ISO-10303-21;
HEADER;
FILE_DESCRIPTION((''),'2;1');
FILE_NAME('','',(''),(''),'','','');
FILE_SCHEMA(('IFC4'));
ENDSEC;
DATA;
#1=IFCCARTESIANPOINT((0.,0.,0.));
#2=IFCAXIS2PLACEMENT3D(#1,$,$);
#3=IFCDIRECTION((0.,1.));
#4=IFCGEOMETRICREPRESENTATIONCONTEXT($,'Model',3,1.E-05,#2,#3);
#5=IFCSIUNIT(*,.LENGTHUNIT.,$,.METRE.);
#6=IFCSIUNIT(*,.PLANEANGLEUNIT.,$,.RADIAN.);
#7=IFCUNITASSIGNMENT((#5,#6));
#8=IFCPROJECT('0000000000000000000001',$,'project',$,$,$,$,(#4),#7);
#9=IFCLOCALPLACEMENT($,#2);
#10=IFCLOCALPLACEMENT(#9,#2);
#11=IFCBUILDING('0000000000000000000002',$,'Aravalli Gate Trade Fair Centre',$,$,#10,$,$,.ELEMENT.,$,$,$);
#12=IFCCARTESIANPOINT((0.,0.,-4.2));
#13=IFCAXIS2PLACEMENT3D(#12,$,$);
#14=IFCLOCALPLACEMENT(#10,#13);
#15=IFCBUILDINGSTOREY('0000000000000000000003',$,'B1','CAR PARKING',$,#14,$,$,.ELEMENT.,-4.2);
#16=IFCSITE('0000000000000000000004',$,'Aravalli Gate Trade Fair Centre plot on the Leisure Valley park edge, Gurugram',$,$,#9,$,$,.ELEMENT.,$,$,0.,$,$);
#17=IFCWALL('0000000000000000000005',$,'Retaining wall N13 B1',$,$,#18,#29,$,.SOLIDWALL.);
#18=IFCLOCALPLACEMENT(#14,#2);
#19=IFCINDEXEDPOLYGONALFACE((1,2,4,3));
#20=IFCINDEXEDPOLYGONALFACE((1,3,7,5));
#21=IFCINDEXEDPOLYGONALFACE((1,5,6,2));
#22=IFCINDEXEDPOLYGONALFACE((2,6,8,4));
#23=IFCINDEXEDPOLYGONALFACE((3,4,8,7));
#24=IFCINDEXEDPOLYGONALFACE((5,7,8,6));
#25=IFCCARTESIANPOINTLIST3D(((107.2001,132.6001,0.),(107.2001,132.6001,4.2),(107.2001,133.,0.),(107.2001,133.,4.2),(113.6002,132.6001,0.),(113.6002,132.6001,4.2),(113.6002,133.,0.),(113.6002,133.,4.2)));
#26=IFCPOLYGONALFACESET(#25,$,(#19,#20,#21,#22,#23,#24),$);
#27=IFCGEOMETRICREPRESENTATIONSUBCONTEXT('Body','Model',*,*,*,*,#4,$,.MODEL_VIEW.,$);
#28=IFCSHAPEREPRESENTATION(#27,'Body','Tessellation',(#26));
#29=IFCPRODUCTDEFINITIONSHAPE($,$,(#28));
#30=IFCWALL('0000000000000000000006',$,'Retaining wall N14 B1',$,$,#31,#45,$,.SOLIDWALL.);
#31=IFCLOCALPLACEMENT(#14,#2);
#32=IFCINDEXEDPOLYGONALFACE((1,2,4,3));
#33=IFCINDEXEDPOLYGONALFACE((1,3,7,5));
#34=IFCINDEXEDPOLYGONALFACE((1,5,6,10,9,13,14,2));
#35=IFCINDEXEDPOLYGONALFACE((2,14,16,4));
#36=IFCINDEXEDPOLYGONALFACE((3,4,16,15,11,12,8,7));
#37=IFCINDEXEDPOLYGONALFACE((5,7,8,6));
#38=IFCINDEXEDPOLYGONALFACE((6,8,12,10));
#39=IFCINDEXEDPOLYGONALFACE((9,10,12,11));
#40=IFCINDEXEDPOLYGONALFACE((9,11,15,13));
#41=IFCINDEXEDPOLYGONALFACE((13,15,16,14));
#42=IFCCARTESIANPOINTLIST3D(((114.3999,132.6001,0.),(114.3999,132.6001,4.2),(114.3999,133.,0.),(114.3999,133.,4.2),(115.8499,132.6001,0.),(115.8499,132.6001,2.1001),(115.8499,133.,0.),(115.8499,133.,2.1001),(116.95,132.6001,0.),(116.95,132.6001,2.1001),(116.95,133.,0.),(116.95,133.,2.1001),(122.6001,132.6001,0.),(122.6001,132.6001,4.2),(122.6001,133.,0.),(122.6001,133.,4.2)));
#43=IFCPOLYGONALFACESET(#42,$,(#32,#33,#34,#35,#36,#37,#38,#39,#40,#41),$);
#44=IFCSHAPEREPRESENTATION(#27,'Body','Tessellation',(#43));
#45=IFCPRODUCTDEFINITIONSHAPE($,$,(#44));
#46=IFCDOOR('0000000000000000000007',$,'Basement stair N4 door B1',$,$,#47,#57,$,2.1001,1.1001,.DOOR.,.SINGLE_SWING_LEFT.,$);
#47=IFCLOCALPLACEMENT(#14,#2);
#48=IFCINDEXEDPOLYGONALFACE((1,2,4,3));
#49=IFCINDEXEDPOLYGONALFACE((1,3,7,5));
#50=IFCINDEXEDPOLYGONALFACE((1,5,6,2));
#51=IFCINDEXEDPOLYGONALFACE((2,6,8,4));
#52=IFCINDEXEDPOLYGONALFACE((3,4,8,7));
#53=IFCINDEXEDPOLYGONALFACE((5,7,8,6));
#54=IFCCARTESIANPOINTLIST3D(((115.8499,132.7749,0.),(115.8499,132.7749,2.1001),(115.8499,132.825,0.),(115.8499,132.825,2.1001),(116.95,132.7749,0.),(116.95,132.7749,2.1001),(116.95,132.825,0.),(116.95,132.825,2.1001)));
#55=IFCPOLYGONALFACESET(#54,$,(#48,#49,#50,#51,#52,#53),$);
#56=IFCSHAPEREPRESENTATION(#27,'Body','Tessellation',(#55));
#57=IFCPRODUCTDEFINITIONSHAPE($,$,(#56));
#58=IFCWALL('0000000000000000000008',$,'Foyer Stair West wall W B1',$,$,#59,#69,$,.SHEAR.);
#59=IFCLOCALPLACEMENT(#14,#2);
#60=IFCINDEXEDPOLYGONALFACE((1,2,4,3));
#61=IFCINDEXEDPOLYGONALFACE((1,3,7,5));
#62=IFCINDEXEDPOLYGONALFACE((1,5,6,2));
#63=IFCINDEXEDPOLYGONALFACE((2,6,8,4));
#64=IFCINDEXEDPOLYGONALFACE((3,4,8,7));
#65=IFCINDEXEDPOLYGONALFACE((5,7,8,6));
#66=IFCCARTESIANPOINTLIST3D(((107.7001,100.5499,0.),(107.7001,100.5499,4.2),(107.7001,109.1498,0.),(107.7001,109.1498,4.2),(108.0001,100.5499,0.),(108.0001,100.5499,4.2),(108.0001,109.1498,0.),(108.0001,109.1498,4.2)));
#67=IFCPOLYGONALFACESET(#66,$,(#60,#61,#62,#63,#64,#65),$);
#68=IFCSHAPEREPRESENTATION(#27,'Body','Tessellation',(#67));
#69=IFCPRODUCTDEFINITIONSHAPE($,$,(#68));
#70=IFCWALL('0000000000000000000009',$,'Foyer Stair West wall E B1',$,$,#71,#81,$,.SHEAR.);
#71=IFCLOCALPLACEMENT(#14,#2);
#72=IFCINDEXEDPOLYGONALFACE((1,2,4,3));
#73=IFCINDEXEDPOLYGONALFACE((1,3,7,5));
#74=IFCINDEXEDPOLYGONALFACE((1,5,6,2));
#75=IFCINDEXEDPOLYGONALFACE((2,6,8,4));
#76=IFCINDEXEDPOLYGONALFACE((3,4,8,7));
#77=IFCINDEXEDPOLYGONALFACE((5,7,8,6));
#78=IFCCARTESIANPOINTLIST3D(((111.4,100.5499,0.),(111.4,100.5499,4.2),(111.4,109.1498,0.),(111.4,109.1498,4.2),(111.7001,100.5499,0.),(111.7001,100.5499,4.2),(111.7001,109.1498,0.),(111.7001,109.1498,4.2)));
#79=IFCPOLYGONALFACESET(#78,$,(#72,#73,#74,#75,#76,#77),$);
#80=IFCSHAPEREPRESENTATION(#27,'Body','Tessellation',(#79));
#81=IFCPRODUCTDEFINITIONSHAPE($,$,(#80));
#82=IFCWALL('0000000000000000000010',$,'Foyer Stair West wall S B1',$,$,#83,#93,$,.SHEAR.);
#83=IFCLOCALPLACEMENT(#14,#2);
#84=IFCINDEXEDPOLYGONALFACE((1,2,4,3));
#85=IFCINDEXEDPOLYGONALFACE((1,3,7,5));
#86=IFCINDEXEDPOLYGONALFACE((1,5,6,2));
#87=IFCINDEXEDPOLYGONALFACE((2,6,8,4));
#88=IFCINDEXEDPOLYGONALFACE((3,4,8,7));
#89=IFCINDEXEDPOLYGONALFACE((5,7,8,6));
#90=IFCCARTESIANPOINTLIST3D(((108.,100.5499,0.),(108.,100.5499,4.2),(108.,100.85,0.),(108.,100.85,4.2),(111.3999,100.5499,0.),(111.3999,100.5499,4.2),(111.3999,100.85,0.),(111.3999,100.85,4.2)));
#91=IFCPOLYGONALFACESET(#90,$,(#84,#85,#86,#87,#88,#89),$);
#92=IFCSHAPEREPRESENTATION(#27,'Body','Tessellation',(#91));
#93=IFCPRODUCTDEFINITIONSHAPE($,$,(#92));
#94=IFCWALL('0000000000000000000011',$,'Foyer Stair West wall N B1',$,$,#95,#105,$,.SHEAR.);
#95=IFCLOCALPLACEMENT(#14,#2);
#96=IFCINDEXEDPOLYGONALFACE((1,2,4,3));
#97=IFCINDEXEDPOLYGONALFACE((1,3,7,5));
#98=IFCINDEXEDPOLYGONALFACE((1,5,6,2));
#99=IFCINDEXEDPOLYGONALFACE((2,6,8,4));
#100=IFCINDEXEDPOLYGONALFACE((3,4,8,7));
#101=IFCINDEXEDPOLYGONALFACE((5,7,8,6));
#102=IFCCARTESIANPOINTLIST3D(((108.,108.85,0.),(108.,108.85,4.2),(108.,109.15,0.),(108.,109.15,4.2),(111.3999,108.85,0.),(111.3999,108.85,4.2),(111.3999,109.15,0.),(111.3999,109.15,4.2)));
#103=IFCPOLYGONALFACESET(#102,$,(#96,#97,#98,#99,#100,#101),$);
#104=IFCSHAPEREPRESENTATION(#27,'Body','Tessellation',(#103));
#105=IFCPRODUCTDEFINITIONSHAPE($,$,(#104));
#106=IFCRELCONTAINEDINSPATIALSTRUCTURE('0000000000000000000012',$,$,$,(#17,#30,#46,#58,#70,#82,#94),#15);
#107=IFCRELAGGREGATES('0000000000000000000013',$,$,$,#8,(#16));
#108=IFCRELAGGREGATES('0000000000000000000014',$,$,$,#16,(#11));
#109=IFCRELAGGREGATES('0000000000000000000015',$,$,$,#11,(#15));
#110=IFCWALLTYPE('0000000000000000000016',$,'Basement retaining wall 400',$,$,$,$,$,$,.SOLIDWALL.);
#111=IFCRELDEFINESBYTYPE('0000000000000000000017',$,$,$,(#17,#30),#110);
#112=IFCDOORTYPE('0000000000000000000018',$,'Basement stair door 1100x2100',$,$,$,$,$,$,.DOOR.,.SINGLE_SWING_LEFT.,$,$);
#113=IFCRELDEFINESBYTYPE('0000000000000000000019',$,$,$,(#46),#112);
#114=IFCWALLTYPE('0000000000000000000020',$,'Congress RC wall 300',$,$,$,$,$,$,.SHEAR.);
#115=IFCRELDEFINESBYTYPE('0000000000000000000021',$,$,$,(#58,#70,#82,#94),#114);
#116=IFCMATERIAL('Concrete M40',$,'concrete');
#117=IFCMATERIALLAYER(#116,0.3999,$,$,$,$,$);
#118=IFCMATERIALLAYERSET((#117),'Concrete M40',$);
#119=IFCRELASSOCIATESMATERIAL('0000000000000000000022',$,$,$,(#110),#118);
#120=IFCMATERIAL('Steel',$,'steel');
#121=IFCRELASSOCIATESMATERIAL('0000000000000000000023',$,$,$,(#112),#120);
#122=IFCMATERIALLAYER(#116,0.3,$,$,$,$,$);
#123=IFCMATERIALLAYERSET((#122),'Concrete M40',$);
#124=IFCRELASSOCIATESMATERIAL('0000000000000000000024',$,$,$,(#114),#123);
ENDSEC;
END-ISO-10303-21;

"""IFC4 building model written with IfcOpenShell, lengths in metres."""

from ifc_helpers import new_model, si_unit, direction, frame, frame_2d, origin, place, context, subcontext, project, spatial, rectangle, extrude, material, layer, layer_set, type_object, element, fill, save


model = new_model("IFC4")

# Units and contexts
model_context = context("Model", 3, precision=1e-05, world=origin(), true_north=direction((0.0, 1.0)))
body_context = subcontext(model_context, "Body", "Model", "MODEL_VIEW")
ifc_project = project(units=[si_unit("LENGTHUNIT", "METRE"), si_unit("PLANEANGLEUNIT", "RADIAN")], contexts=[model_context])

# Site, building, storey
site_placement = place(None, origin())
site = spatial("IfcSite", under=ifc_project, at=site_placement, Name="Aravalli Gate Trade Fair Centre plot on the Leisure Valley park edge, Gurugram", CompositionType="ELEMENT", RefElevation=0.0)
building_placement = place(site_placement, origin())
building = spatial("IfcBuilding", under=site, at=building_placement, Name="Aravalli Gate Trade Fair Centre", CompositionType="ELEMENT")
storey_placement = place(building_placement, frame((0.0, 0.0, -4.2)))
storey = spatial("IfcBuildingStorey", under=building, at=storey_placement, Name="B1", Description="CAR PARKING", CompositionType="ELEMENT", Elevation=-4.2)

# Shared definitions
ifc_material_1 = material(Name="Steel", Category="steel")

# Wall
ifc_material_2 = material(Name="Concrete M40", Category="concrete")
ifc_layer_1 = layer(ifc_material_2, 0.3999)
ifc_layer_set_1 = layer_set([ifc_layer_1], Name="Concrete M40")
wall_type_1 = type_object("IfcWallType", Name="Basement retaining wall 400", PredefinedType="SOLIDWALL", material=ifc_layer_set_1)
wall_1_placement = place(storey_placement, frame((107.2, 132.8, 0.0), z_axis=(0.0, 0.0, 1.0), x_axis=(1.0, 0.0, 0.0)))
element("IfcWall", 1, at=wall_1_placement, inside=storey, type_object=wall_type_1, Name="Retaining wall N13 B1", PredefinedType="SOLIDWALL", context=body_context, shape_type="SweptSolid", body=[
    extrude(rectangle(XDim=6.4001, YDim=0.3999, at=frame_2d((3.2002, 0.0))), origin(), (0.0, 0.0, 1.0), 4.2),
])

# Wall, opening, door
wall_2_placement = place(storey_placement, frame((114.3999, 132.8, 0.0), z_axis=(0.0, 0.0, 1.0), x_axis=(1.0, 0.0, 0.0)))
wall_2 = element("IfcWall", 2, at=wall_2_placement, inside=storey, type_object=wall_type_1, Name="Retaining wall N14 B1", PredefinedType="SOLIDWALL", context=body_context, shape_type="SweptSolid", body=[
    extrude(rectangle(XDim=8.2002, YDim=0.3999, at=frame_2d((4.1001, 0.0))), origin(), (0.0, 0.0, 1.0), 4.2),
])
opening_1_placement = place(wall_2_placement, frame((1.45, 0.0, 0.0)))
opening_1 = element("IfcOpeningElement", 3, at=opening_1_placement, cuts=wall_2, PredefinedType="OPENING", context=body_context, shape_type="SweptSolid", body=[
    extrude(rectangle(XDim=1.1001, YDim=2.1001, at=frame_2d((0.55, 1.05))), frame((0.0, 0.21, 0.0), z_axis=(0.0, -1.0, 0.0), x_axis=(1.0, 0.0, 0.0)), (0.0, 0.0, 1.0), 0.4199),
])
door_type_1 = type_object("IfcDoorType", Name="Basement stair door 1100x2100", OperationType="SINGLE_SWING_LEFT", PredefinedType="DOOR", material=ifc_material_1)
door_1_placement = place(opening_1_placement, origin())
door_1 = element("IfcDoor", 4, at=door_1_placement, inside=storey, type_object=door_type_1, Name="Basement stair N4 door B1", OperationType="SINGLE_SWING_LEFT", OverallHeight=2.1001, OverallWidth=1.1001, PredefinedType="DOOR", context=body_context, shape_type="SweptSolid", body=[
    extrude(rectangle(XDim=1.1001, YDim=2.1001, at=frame_2d((0.55, 1.05))), frame((0.0, 0.0249, 0.0), z_axis=(0.0, -1.0, 0.0), x_axis=(1.0, 0.0, 0.0)), (0.0, 0.0, 1.0), 0.05),
])
fill(opening_1, door_1)

# Walls
ifc_layer_2 = layer(ifc_material_2, 0.3)
ifc_layer_set_2 = layer_set([ifc_layer_2], Name="Concrete M40")
wall_type_2 = type_object("IfcWallType", Name="Congress RC wall 300", PredefinedType="SHEAR", material=ifc_layer_set_2)
for number, where, z_axis, x_axis, name in (
    (5, (107.8501, 100.55, 0.0), (0.0, 0.0, 1.0), (0.0, 1.0, 0.0), "Foyer Stair West wall W B1"),
    (6, (111.55, 100.55, 0.0), (0.0, 0.0, 1.0), (0.0, 1.0, 0.0), "Foyer Stair West wall E B1"),
):
    element("IfcWall", number, at=place(storey_placement, frame(where, z_axis=z_axis, x_axis=x_axis)), inside=storey, type_object=wall_type_2, Name=name, PredefinedType="SHEAR", context=body_context, shape_type="SweptSolid", body=[
        extrude(rectangle(XDim=8.5999, YDim=0.3, at=frame_2d((4.2998, 0.0))), origin(), (0.0, 0.0, 1.0), 4.2),
    ])
for number, where, z_axis, x_axis, name in (
    (7, (108.0, 100.7, 0.0), (0.0, 0.0, 1.0), (1.0, 0.0, 0.0), "Foyer Stair West wall S B1"),
    (8, (108.0, 109.0, 0.0), (0.0, 0.0, 1.0), (1.0, 0.0, 0.0), "Foyer Stair West wall N B1"),
):
    element("IfcWall", number, at=place(storey_placement, frame(where, z_axis=z_axis, x_axis=x_axis)), inside=storey, type_object=wall_type_2, Name=name, PredefinedType="SHEAR", context=body_context, shape_type="SweptSolid", body=[
        extrude(rectangle(XDim=3.3999, YDim=0.3, at=frame_2d((1.7, 0.0))), origin(), (0.0, 0.0, 1.0), 4.2),
    ])

save(model, "model.ifc")
